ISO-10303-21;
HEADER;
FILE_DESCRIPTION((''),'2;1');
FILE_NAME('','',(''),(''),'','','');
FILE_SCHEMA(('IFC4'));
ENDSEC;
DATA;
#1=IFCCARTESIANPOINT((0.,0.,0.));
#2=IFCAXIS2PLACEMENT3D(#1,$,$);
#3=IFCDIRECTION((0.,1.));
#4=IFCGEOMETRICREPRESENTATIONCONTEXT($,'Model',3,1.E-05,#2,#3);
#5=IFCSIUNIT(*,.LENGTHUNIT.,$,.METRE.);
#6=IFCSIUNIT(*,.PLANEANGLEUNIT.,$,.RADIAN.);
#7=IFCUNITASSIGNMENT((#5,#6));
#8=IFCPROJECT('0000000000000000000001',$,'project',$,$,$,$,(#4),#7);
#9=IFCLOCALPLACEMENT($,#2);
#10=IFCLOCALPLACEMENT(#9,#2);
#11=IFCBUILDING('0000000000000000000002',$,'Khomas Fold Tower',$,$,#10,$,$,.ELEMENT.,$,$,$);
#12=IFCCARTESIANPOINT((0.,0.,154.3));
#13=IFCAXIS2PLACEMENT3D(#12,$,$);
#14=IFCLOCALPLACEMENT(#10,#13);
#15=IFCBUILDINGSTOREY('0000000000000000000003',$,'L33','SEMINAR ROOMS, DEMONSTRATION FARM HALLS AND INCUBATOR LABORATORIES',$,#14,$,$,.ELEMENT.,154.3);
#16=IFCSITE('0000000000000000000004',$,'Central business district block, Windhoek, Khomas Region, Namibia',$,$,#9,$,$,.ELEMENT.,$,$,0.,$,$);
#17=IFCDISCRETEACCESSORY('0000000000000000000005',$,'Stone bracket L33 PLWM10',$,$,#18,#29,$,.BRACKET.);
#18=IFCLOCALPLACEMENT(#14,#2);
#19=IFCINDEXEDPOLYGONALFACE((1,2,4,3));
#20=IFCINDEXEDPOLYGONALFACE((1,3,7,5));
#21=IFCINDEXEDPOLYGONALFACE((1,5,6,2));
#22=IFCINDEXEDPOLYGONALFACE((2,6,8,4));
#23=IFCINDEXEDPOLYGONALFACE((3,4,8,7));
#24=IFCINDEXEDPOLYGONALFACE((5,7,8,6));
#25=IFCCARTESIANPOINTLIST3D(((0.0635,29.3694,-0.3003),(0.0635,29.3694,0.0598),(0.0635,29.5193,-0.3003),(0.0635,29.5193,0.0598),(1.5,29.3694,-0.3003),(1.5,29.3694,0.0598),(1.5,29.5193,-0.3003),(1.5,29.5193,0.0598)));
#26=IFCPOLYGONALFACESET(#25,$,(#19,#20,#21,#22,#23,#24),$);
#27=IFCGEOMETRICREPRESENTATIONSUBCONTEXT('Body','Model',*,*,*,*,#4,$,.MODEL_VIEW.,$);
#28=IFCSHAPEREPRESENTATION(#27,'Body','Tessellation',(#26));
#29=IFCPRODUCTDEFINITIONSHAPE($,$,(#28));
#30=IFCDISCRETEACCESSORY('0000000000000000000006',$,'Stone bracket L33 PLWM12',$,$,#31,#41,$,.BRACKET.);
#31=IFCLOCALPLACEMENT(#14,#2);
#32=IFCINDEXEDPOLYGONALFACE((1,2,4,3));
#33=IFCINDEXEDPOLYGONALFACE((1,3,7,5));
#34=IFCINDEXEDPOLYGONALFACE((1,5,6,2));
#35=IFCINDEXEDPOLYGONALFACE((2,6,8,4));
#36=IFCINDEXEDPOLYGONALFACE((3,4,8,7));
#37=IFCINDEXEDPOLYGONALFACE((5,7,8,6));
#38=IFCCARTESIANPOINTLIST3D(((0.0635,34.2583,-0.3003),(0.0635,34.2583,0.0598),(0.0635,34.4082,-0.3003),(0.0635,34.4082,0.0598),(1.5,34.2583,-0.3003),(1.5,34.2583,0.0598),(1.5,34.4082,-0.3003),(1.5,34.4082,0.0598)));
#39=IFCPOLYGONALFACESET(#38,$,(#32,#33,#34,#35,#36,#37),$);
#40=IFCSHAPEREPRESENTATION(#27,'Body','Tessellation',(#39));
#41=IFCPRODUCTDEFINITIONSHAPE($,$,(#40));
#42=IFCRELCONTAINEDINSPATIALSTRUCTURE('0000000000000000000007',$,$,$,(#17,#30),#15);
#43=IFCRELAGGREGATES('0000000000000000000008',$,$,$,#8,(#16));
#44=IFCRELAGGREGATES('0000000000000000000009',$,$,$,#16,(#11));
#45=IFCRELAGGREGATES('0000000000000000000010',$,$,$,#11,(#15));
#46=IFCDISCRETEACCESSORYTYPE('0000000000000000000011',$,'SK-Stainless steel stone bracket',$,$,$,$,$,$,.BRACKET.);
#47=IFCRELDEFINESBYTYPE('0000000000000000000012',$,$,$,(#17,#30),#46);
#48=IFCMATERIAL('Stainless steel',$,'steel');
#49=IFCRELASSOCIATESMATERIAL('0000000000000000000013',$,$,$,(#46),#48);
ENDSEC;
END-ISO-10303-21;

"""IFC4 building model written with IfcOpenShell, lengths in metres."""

from ifc_helpers import new_model, si_unit, direction, frame, origin, origin_2d, place, context, subcontext, project, spatial, rectangle, extrude, source, transform, mapped, material, type_object, element, save


model = new_model("IFC4")

# Units and contexts
model_context = context("Model", 3, precision=1e-05, world=origin(), true_north=direction((0.0, 1.0)))
body_context = subcontext(model_context, "Body", "Model", "MODEL_VIEW")
ifc_project = project(units=[si_unit("LENGTHUNIT", "METRE"), si_unit("PLANEANGLEUNIT", "RADIAN")], contexts=[model_context])

# Site, building, storey
site_placement = place(None, origin())
site = spatial("IfcSite", under=ifc_project, at=site_placement, Name="Central business district block, Windhoek, Khomas Region, Namibia", CompositionType="ELEMENT", RefElevation=0.0)
building_placement = place(site_placement, origin())
building = spatial("IfcBuilding", under=site, at=building_placement, Name="Khomas Fold Tower", CompositionType="ELEMENT")
storey_placement = place(building_placement, frame((0.0, 0.0, 154.3)))
storey = spatial("IfcBuildingStorey", under=building, at=storey_placement, Name="L33", Description="SEMINAR ROOMS, DEMONSTRATION FARM HALLS AND INCUBATOR LABORATORIES", CompositionType="ELEMENT", Elevation=154.3)

# Discrete accessories
ifc_material_1 = material(Name="Stainless steel", Category="steel")
discrete_accessory_type = type_object("IfcDiscreteAccessoryType", Name="SK-Stainless steel stone bracket", PredefinedType="BRACKET", material=ifc_material_1)
shared_shape_1 = source(origin(), body_context, "Body", "SweptSolid", [
    extrude(rectangle(XDim=1.4365, YDim=0.1499, at=origin_2d()), origin(), (0.0, 0.0, 1.0), 0.3601),
])
for number, where, z_axis, x_axis, name in (
    (1, (0.7817, 29.4443, -0.3003), (0.0, 0.0, 1.0), (-1.0, 0.0, 0.0), "Stone bracket L33 PLWM10"),
    (2, (0.7817, 34.3333, -0.3003), (0.0, 0.0, 1.0), (-1.0, 0.0, 0.0), "Stone bracket L33 PLWM12"),
):
    element("IfcDiscreteAccessory", number, at=place(storey_placement, frame(where, z_axis=z_axis, x_axis=x_axis)), inside=storey, type_object=discrete_accessory_type, Name=name, PredefinedType="BRACKET", context=body_context, shape_type="MappedRepresentation", body=[
        mapped(shared_shape_1, transform((0.0, 0.0, 0.0))),
    ])

save(model, "model.ifc")
